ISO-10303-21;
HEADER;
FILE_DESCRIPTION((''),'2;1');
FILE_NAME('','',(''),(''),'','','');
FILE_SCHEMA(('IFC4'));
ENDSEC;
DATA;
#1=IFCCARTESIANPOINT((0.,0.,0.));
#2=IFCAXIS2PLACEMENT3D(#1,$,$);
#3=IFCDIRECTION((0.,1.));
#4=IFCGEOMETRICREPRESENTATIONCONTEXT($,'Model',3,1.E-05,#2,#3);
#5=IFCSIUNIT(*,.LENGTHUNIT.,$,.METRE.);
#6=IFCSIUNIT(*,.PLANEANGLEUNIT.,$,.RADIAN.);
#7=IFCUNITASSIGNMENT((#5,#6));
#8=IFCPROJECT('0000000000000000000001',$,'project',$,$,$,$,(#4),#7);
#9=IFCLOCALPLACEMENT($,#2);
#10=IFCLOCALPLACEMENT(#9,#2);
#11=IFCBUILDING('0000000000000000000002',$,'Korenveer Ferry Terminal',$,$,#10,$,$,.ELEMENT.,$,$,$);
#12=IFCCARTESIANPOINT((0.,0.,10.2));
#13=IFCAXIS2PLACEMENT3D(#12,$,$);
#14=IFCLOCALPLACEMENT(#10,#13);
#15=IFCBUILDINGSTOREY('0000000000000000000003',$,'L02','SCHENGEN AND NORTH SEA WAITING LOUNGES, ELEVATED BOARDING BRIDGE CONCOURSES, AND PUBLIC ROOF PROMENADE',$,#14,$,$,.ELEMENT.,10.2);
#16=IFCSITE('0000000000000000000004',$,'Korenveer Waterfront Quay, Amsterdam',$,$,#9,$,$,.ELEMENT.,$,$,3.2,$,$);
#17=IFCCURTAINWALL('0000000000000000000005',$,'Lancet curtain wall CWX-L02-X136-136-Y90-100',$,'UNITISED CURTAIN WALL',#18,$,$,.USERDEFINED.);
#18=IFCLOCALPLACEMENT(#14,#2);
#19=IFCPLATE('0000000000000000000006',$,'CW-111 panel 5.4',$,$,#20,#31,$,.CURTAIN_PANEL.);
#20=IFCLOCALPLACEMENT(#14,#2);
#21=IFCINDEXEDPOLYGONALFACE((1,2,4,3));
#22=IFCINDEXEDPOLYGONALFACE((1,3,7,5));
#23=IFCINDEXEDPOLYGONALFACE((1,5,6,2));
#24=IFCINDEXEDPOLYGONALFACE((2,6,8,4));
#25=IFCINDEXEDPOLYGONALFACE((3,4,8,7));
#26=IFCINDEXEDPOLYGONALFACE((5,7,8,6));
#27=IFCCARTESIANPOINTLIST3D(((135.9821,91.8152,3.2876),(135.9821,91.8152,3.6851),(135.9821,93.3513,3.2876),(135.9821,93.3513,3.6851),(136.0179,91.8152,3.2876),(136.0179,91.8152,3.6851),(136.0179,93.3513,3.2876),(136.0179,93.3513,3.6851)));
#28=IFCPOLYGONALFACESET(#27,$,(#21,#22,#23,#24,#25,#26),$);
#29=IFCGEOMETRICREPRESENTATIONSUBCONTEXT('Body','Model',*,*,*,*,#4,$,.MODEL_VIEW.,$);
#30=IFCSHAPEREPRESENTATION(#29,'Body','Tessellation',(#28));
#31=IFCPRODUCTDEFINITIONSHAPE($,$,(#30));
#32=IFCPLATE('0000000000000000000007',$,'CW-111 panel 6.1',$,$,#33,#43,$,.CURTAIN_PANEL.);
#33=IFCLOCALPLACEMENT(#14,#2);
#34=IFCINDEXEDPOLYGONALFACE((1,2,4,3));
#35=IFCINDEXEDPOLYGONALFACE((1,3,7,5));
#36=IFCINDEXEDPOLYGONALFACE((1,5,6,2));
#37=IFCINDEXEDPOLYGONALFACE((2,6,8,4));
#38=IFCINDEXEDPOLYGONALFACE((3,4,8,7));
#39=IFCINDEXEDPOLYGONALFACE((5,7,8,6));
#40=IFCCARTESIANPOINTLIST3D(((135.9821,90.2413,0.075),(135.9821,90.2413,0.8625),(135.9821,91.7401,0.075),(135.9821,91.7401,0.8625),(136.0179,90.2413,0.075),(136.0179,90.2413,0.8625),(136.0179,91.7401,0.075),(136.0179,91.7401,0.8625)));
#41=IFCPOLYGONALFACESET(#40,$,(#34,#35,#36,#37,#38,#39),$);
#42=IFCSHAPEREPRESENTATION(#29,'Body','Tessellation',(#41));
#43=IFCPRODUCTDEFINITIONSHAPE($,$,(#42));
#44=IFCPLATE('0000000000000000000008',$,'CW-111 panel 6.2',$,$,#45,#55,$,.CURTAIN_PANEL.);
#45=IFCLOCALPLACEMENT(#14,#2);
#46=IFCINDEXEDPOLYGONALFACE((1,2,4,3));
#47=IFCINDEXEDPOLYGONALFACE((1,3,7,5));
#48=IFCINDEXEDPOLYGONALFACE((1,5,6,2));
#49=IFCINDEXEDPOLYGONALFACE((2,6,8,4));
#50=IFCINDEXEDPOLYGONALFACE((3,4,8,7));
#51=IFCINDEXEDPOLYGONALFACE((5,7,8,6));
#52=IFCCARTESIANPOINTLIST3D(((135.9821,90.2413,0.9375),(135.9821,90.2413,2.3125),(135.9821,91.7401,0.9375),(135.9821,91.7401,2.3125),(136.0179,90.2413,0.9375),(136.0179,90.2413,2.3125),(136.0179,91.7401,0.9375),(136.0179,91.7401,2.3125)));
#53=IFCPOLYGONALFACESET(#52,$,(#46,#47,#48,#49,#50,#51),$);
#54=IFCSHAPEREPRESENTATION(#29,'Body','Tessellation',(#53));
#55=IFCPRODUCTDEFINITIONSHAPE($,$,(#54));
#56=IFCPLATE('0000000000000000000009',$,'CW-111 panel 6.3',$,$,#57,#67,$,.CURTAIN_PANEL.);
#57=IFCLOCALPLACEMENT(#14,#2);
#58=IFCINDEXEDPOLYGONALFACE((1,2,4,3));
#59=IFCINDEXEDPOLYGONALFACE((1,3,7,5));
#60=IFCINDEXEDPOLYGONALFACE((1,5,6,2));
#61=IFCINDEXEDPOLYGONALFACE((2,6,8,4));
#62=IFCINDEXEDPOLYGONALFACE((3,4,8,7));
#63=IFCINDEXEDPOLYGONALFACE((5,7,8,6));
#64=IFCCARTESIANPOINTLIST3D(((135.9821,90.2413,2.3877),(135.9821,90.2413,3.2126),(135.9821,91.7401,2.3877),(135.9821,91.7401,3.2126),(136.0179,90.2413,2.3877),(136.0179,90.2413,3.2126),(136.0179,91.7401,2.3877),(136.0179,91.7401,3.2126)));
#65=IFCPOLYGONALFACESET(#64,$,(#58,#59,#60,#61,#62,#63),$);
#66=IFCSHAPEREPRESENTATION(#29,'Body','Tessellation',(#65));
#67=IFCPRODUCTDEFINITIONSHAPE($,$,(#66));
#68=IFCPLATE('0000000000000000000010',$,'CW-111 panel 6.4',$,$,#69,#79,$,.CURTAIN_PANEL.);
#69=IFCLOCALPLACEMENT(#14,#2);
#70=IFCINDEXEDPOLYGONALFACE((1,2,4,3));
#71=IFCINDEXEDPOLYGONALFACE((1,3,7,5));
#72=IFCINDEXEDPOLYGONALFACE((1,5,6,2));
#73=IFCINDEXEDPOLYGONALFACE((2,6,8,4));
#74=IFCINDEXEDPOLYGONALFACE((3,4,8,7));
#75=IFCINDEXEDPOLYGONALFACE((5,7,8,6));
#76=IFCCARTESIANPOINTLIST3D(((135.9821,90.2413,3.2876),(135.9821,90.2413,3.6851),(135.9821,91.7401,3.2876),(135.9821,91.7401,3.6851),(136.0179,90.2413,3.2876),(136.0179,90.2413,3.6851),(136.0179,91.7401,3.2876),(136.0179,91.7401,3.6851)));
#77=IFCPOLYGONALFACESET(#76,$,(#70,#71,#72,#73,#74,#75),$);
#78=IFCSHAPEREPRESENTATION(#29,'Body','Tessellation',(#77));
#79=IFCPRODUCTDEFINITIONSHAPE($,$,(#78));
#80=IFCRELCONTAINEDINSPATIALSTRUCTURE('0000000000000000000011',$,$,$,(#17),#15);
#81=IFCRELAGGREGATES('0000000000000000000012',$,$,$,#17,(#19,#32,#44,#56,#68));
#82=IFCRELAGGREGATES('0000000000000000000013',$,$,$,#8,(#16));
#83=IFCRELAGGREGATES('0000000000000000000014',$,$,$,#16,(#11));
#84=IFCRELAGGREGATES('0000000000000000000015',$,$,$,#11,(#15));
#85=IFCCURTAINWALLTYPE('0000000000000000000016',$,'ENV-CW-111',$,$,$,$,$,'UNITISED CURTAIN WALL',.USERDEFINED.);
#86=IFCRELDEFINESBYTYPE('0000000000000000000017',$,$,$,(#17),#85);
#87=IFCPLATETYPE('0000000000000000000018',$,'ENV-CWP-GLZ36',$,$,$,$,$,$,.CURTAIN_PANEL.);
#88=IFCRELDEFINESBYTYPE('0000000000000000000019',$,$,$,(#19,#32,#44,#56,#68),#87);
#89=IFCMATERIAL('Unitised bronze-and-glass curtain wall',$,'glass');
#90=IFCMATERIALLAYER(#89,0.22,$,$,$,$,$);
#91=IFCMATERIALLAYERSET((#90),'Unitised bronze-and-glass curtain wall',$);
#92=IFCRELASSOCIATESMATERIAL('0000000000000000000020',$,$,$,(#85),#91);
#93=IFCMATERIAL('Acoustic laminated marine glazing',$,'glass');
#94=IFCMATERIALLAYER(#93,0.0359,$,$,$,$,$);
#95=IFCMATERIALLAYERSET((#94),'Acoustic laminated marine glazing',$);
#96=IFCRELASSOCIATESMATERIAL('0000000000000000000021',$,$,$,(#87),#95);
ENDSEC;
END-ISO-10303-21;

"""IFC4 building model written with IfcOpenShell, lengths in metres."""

from ifc_helpers import new_model, si_unit, direction, frame, origin, origin_2d, place, context, subcontext, project, spatial, rectangle, extrude, material, layer, layer_set, type_object, element, aggregate, save


model = new_model("IFC4")

# Units and contexts
model_context = context("Model", 3, precision=1e-05, world=origin(), true_north=direction((0.0, 1.0)))
body_context = subcontext(model_context, "Body", "Model", "MODEL_VIEW")
ifc_project = project(units=[si_unit("LENGTHUNIT", "METRE"), si_unit("PLANEANGLEUNIT", "RADIAN")], contexts=[model_context])

# Site, building, storey
site_placement = place(None, origin())
site = spatial("IfcSite", under=ifc_project, at=site_placement, Name="Korenveer Waterfront Quay, Amsterdam", CompositionType="ELEMENT", RefElevation=3.2)
building_placement = place(site_placement, origin())
building = spatial("IfcBuilding", under=site, at=building_placement, Name="Korenveer Ferry Terminal", CompositionType="ELEMENT")
storey_placement = place(building_placement, frame((0.0, 0.0, 10.2)))
storey = spatial("IfcBuildingStorey", under=building, at=storey_placement, Name="L02", Description="SCHENGEN AND NORTH SEA WAITING LOUNGES, ELEVATED BOARDING BRIDGE CONCOURSES, AND PUBLIC ROOF PROMENADE", CompositionType="ELEMENT", Elevation=10.2)

# Curtain wall
ifc_material_1 = material(Name="Unitised bronze-and-glass curtain wall", Category="glass")
ifc_layer_1 = layer(ifc_material_1, 0.22)
ifc_layer_set_1 = layer_set([ifc_layer_1], Name="Unitised bronze-and-glass curtain wall")
curtain_wall_type_1 = type_object("IfcCurtainWallType", Name="ENV-CW-111", ElementType="UNITISED CURTAIN WALL", PredefinedType="USERDEFINED", material=ifc_layer_set_1)
curtain_wall_1_placement = place(storey_placement, frame((136.0, 99.8335, 0.0)))
curtain_wall_1 = element("IfcCurtainWall", 1, at=curtain_wall_1_placement, inside=storey, type_object=curtain_wall_type_1, Name="Lancet curtain wall CWX-L02-X136-136-Y90-100", ObjectType="UNITISED CURTAIN WALL", PredefinedType="USERDEFINED")

# Plates
ifc_material_2 = material(Name="Acoustic laminated marine glazing", Category="glass")
ifc_layer_2 = layer(ifc_material_2, 0.0359)
ifc_layer_set_2 = layer_set([ifc_layer_2], Name="Acoustic laminated marine glazing")
plate_type = type_object("IfcPlateType", Name="ENV-CWP-GLZ36", PredefinedType="CURTAIN_PANEL", material=ifc_layer_set_2)
plate_1_placement = place(storey_placement, frame((136.0, 92.5833, 3.2876), z_axis=(0.0, 0.0, 1.0), x_axis=(0.0, -1.0, 0.0)))
plate_1 = element("IfcPlate", 2, at=plate_1_placement, type_object=plate_type, Name="CW-111 panel 5.4", PredefinedType="CURTAIN_PANEL", context=body_context, shape_type="SweptSolid", body=[
    extrude(rectangle(XDim=1.5361, YDim=0.0359, at=origin_2d()), origin(), (0.0, 0.0, 1.0), 0.3975),
])
plate_2_placement = place(storey_placement, frame((136.0, 90.9907, 0.075), z_axis=(0.0, 0.0, 1.0), x_axis=(0.0, -1.0, 0.0)))
plate_2 = element("IfcPlate", 3, at=plate_2_placement, type_object=plate_type, Name="CW-111 panel 6.1", PredefinedType="CURTAIN_PANEL", context=body_context, shape_type="SweptSolid", body=[
    extrude(rectangle(XDim=1.4988, YDim=0.0359, at=origin_2d()), origin(), (0.0, 0.0, 1.0), 0.7876),
])
plate_3_placement = place(storey_placement, frame((136.0, 90.9907, 0.9375), z_axis=(0.0, 0.0, 1.0), x_axis=(0.0, -1.0, 0.0)))
plate_3 = element("IfcPlate", 4, at=plate_3_placement, type_object=plate_type, Name="CW-111 panel 6.2", PredefinedType="CURTAIN_PANEL", context=body_context, shape_type="SweptSolid", body=[
    extrude(rectangle(XDim=1.4988, YDim=0.0359, at=origin_2d()), origin(), (0.0, 0.0, 1.0), 1.375),
])
plate_4_placement = place(storey_placement, frame((136.0, 90.9907, 2.3877), z_axis=(0.0, 0.0, 1.0), x_axis=(0.0, -1.0, 0.0)))
plate_4 = element("IfcPlate", 5, at=plate_4_placement, type_object=plate_type, Name="CW-111 panel 6.3", PredefinedType="CURTAIN_PANEL", context=body_context, shape_type="SweptSolid", body=[
    extrude(rectangle(XDim=1.4988, YDim=0.0359, at=origin_2d()), origin(), (0.0, 0.0, 1.0), 0.825),
])
plate_5_placement = place(storey_placement, frame((136.0, 90.9907, 3.2876), z_axis=(0.0, 0.0, 1.0), x_axis=(0.0, -1.0, 0.0)))
plate_5 = element("IfcPlate", 6, at=plate_5_placement, type_object=plate_type, Name="CW-111 panel 6.4", PredefinedType="CURTAIN_PANEL", context=body_context, shape_type="SweptSolid", body=[
    extrude(rectangle(XDim=1.4988, YDim=0.0359, at=origin_2d()), origin(), (0.0, 0.0, 1.0), 0.3975),
])
aggregate(curtain_wall_1, [plate_1, plate_2, plate_3, plate_4, plate_5])

save(model, "model.ifc")
